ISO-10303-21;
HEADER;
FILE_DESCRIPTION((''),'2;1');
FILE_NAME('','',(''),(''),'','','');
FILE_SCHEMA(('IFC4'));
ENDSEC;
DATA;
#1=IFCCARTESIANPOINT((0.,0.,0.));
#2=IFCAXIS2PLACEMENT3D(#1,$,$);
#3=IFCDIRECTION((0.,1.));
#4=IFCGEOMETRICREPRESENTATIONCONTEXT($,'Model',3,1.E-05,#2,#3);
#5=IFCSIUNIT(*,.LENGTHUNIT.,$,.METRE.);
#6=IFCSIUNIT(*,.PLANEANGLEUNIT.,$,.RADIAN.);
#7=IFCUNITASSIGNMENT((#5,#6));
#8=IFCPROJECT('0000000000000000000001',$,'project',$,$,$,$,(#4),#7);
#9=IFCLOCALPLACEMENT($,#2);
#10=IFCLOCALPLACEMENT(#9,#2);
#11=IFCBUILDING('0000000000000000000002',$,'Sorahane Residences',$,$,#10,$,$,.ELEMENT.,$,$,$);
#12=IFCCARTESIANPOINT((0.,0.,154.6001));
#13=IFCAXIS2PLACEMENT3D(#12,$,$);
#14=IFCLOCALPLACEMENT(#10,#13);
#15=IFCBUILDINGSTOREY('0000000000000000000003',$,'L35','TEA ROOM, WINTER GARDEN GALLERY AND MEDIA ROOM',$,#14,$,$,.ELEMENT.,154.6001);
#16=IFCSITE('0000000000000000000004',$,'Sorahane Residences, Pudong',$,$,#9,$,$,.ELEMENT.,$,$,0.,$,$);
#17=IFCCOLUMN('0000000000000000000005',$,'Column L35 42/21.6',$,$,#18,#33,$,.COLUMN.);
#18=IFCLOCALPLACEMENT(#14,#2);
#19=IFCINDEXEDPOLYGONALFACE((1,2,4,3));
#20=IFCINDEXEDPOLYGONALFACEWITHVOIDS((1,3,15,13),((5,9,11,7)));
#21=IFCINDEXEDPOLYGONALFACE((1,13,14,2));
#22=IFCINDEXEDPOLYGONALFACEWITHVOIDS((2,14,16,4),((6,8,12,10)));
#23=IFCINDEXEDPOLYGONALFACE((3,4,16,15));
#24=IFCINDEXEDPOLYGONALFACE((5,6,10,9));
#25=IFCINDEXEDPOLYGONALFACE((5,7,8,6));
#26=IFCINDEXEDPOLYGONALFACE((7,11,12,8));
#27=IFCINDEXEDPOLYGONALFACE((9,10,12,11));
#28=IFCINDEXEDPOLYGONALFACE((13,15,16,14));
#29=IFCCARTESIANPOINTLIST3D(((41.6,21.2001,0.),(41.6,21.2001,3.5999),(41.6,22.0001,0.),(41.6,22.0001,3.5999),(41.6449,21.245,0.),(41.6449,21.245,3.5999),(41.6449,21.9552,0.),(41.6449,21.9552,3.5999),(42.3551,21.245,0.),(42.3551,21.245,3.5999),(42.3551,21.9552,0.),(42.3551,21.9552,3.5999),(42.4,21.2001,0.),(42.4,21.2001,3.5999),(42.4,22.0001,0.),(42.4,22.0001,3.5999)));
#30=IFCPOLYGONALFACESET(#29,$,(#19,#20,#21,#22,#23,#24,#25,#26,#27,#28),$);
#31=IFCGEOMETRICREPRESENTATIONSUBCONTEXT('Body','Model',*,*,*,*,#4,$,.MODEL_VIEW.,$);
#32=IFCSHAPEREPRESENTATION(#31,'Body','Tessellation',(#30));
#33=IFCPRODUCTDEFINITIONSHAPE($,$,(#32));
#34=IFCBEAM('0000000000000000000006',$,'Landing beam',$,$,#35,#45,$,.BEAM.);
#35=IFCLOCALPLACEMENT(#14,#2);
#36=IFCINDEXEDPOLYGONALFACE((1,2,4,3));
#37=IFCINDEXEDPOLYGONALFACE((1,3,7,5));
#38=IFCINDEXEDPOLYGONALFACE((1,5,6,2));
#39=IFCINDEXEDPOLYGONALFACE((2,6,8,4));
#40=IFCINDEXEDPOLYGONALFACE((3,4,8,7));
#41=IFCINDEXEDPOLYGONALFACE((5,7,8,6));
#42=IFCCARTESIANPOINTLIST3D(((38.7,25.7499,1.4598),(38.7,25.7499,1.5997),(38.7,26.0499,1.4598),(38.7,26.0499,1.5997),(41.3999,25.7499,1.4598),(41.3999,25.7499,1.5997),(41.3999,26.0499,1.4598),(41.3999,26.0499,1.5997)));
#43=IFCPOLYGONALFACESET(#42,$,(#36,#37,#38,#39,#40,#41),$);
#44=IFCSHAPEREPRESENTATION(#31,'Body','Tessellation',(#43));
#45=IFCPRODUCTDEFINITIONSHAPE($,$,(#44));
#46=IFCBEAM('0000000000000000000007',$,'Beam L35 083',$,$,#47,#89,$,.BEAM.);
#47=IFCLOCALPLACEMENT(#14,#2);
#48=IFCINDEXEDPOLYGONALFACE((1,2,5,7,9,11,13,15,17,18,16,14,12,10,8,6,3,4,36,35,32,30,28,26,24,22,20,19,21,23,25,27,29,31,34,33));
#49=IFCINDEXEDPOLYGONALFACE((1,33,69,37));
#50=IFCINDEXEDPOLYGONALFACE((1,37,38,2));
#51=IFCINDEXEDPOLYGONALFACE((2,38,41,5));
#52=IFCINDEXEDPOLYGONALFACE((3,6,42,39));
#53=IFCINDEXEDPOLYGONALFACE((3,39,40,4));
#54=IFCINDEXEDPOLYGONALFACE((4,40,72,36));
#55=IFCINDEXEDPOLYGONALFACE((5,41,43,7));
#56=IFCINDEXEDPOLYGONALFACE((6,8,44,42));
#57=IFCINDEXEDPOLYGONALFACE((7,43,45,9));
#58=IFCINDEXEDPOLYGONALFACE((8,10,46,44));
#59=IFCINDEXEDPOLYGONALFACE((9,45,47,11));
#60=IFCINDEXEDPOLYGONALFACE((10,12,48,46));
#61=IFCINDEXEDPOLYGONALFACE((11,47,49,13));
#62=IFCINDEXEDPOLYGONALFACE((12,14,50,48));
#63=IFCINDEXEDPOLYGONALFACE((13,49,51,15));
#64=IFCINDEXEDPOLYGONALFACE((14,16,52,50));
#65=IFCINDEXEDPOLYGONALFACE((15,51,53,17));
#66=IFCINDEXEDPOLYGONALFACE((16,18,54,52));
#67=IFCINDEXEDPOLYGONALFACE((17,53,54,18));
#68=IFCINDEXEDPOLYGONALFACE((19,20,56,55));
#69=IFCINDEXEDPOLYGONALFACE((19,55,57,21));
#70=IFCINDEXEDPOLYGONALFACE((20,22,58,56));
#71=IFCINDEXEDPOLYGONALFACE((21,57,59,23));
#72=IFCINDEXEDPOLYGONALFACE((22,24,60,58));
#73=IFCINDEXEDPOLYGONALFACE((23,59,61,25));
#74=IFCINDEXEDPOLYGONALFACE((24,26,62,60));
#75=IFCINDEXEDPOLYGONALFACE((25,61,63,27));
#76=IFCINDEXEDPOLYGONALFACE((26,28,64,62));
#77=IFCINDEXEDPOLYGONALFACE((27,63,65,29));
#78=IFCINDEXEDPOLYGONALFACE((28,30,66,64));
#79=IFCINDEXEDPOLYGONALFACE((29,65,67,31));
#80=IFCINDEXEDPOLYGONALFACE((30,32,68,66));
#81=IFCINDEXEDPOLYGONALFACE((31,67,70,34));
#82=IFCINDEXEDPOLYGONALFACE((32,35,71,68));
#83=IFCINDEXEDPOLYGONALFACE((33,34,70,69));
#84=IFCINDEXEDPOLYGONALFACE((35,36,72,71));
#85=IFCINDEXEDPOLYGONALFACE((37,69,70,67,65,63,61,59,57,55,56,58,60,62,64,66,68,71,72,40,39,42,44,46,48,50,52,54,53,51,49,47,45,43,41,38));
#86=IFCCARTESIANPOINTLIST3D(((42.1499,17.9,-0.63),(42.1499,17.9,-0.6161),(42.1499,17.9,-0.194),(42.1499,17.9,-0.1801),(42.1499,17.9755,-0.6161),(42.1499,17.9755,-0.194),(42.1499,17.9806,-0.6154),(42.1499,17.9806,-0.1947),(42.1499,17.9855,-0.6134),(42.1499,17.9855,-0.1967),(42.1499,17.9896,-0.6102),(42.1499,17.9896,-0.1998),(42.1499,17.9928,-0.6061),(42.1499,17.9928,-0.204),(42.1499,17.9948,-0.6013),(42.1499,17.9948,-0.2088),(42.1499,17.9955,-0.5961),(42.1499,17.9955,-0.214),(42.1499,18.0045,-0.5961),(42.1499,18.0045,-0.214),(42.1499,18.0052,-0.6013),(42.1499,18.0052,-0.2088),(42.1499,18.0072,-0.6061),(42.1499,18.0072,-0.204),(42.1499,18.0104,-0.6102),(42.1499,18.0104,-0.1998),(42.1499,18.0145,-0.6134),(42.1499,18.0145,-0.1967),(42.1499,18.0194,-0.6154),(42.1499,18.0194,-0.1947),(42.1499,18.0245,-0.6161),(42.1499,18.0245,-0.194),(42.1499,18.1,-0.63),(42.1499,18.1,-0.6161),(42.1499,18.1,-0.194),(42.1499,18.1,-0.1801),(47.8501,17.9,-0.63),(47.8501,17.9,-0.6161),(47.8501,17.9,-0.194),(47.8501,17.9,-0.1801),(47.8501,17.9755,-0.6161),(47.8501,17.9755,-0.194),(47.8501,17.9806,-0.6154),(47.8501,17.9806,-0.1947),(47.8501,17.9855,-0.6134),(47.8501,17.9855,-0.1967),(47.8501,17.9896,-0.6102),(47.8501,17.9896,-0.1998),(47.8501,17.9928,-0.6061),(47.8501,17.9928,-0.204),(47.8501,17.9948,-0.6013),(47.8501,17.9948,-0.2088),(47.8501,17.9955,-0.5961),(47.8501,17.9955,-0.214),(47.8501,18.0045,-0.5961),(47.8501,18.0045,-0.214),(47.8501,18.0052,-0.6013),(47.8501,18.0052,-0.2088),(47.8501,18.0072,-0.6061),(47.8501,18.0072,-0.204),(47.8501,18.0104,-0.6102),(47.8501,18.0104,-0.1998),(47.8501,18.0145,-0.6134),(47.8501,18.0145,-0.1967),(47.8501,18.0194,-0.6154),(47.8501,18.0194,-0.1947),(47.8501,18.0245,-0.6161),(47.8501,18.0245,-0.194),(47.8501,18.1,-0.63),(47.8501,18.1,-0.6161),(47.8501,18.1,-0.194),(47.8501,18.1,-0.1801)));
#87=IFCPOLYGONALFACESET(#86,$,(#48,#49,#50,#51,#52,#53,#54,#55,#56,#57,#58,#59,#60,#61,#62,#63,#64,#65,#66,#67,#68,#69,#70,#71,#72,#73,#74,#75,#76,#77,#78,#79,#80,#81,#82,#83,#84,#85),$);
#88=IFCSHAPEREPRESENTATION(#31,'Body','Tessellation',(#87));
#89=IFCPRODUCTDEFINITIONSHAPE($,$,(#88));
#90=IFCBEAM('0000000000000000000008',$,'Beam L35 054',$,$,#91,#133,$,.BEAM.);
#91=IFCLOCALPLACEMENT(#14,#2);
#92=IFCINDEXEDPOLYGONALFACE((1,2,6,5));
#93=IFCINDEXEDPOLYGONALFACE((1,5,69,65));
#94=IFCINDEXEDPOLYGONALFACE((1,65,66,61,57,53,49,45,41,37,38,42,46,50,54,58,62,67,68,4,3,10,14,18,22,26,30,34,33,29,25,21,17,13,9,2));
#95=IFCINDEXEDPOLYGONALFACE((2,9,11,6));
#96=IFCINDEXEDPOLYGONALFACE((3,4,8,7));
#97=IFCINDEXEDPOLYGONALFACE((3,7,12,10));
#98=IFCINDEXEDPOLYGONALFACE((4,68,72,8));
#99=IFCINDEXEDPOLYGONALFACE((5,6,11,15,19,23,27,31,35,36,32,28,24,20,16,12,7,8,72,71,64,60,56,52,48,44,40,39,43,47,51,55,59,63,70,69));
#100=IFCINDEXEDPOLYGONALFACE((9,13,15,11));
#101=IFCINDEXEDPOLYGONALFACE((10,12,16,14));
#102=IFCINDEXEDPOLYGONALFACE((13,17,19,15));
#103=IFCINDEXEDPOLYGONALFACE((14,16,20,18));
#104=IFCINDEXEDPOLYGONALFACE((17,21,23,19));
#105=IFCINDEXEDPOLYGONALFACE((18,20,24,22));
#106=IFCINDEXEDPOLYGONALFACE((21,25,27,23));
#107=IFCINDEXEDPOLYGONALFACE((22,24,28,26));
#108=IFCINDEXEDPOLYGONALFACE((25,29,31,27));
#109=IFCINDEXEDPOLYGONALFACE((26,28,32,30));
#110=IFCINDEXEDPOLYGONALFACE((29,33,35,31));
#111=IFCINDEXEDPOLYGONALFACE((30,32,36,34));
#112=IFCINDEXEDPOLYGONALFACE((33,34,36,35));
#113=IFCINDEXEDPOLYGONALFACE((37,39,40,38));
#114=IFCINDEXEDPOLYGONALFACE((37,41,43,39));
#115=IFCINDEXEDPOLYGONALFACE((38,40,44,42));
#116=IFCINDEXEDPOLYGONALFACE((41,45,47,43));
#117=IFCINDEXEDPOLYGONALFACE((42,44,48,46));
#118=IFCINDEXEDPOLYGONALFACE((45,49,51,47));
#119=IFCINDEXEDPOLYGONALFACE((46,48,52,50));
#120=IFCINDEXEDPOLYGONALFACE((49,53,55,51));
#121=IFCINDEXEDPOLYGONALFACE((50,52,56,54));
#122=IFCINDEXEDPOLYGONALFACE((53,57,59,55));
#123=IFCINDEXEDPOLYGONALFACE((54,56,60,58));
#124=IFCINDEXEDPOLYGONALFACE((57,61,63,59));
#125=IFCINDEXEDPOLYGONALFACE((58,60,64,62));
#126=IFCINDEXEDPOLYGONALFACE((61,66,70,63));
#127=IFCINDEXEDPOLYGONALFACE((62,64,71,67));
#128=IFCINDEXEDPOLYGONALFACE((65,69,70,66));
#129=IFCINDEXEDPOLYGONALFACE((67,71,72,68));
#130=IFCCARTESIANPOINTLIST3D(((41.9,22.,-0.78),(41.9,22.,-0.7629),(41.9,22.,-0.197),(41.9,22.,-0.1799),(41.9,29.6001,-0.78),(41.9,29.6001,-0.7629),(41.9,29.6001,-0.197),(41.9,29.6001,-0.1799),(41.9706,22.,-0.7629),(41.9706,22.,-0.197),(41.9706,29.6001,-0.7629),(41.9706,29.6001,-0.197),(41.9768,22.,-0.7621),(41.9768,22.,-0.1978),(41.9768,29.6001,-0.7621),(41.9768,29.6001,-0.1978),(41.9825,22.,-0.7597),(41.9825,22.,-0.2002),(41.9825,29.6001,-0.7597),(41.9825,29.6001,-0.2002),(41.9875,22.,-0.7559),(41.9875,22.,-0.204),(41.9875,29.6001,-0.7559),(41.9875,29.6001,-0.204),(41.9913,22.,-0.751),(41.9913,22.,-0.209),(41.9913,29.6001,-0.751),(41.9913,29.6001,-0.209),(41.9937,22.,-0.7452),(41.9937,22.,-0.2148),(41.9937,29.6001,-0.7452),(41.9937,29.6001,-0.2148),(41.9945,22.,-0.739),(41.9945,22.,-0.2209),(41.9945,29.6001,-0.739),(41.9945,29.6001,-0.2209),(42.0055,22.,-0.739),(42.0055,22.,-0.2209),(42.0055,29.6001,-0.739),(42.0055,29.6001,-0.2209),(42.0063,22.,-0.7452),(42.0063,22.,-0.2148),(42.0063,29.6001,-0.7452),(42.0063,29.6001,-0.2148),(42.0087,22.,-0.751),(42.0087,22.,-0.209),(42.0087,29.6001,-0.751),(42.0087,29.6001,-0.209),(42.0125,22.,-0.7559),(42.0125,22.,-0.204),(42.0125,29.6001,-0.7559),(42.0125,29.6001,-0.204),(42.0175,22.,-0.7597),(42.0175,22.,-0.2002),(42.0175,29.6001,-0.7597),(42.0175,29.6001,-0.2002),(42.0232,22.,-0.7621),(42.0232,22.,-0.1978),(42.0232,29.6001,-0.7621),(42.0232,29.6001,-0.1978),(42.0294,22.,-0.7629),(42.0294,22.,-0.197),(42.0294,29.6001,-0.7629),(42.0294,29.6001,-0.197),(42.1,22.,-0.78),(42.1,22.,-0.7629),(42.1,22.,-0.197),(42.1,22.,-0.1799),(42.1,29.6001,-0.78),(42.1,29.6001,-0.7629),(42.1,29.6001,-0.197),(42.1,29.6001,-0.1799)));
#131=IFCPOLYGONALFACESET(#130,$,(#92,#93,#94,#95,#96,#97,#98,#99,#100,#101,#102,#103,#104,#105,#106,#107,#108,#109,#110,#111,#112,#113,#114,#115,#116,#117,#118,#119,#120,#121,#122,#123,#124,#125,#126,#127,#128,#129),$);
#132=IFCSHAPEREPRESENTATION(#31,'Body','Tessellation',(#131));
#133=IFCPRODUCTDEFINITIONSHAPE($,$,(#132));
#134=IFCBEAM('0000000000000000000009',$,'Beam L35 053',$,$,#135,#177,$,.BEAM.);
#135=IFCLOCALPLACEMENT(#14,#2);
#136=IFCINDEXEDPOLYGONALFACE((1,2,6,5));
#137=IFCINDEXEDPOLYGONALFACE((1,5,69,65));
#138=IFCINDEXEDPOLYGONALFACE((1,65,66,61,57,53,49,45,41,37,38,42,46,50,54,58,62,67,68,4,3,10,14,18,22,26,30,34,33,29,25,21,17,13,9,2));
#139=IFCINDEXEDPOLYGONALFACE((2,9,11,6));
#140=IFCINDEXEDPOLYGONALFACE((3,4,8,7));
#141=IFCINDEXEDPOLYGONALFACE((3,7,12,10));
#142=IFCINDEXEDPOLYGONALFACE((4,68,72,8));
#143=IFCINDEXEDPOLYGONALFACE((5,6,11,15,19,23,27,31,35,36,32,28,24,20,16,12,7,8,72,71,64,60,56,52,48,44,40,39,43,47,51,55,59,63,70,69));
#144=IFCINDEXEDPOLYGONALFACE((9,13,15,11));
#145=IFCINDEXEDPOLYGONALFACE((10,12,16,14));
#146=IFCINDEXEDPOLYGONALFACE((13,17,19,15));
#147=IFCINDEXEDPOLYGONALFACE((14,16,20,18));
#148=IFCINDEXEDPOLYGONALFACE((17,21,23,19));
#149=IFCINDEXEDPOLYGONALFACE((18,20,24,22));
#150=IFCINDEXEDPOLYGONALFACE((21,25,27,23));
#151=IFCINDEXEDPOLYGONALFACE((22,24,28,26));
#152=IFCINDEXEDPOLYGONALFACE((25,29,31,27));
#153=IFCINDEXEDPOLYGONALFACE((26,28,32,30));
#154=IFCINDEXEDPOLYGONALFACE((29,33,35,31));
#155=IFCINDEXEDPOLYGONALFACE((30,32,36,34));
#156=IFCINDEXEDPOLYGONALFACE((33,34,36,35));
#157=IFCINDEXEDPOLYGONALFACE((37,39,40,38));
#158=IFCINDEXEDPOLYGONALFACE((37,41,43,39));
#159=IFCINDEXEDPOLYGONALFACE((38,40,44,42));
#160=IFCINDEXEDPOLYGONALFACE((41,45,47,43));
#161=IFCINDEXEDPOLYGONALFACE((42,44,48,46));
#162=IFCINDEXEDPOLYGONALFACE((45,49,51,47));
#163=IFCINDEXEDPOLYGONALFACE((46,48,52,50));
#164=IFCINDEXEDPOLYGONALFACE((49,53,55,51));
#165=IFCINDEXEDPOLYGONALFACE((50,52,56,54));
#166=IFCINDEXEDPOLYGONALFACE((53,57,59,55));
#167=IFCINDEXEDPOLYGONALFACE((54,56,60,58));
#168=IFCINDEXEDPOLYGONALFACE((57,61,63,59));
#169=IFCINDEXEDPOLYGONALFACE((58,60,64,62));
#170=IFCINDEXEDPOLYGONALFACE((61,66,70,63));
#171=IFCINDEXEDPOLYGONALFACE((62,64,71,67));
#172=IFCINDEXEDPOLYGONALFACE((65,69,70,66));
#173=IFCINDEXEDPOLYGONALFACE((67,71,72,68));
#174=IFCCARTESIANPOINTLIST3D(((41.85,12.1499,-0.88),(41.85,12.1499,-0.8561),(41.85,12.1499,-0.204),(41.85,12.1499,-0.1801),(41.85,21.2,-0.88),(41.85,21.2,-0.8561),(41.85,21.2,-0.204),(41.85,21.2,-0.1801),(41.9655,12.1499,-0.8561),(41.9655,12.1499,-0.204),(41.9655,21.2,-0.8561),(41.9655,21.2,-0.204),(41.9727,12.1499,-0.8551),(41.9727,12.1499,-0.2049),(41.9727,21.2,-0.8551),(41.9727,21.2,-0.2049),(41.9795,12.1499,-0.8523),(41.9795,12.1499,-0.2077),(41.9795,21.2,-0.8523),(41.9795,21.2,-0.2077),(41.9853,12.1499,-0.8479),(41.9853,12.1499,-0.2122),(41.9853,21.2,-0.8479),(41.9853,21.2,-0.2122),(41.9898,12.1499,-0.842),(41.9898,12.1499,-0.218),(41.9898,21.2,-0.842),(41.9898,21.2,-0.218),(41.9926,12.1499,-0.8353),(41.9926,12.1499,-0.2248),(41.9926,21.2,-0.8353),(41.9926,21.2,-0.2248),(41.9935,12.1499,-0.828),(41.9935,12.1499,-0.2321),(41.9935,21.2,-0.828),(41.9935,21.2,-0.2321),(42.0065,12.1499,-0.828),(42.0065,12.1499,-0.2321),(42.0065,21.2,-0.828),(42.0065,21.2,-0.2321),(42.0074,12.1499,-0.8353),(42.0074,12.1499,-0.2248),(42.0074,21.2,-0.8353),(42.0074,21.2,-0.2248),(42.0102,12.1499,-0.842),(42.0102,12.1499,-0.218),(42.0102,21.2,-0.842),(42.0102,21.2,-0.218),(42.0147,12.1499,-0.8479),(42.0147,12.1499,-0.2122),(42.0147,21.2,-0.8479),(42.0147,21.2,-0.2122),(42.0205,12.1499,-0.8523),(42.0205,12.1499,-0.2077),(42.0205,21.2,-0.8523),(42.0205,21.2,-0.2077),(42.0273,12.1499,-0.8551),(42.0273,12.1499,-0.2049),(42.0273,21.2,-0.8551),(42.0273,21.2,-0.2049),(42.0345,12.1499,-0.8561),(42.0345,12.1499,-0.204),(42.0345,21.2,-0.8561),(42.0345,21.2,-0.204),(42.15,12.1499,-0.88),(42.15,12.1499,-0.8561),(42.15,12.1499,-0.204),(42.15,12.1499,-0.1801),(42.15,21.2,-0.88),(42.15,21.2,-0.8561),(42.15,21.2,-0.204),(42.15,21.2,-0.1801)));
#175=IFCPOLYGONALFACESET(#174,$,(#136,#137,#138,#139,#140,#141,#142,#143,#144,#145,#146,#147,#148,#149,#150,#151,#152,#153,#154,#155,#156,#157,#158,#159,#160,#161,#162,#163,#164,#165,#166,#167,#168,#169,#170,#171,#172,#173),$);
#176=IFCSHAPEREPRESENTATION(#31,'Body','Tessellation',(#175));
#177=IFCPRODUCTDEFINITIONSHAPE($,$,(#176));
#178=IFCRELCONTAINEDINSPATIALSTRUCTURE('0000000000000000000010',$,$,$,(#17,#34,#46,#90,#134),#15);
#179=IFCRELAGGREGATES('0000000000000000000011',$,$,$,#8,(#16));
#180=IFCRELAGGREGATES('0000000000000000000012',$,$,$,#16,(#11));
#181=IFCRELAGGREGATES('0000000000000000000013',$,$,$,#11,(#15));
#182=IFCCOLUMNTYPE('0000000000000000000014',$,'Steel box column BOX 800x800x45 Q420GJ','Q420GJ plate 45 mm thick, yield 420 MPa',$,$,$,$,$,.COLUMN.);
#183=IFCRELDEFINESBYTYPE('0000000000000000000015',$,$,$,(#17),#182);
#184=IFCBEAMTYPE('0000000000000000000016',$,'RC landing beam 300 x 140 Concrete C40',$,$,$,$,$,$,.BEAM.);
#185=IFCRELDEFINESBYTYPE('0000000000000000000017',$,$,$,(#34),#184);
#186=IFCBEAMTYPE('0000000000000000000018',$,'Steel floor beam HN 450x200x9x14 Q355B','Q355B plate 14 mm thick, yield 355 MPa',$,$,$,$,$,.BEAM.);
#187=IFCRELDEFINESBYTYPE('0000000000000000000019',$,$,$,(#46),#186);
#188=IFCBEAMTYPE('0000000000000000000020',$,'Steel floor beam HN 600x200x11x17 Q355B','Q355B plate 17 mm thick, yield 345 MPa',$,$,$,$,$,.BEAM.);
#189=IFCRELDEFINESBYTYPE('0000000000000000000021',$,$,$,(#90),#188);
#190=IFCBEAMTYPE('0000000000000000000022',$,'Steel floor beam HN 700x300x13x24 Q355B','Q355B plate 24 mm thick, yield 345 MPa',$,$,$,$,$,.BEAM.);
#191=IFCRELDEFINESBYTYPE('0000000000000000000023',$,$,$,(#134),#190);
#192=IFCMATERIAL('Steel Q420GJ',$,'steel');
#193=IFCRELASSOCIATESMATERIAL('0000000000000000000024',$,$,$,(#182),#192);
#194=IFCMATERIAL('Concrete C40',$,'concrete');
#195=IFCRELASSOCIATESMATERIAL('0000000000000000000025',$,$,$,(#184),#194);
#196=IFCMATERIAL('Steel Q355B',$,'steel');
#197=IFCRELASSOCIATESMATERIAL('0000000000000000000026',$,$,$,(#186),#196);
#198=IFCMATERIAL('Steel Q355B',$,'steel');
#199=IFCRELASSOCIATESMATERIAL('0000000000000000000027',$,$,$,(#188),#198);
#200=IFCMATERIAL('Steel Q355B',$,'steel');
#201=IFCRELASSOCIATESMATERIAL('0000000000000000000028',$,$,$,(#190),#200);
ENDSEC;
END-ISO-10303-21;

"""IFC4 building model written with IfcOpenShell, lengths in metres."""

from ifc_helpers import new_model, si_unit, direction, frame, origin, origin_2d, place, context, subcontext, project, spatial, rectangle, hollow_rectangle, i_section, extrude, material, material_profile, profile_set, type_object, element, save


model = new_model("IFC4")

# Units and contexts
model_context = context("Model", 3, precision=1e-05, world=origin(), true_north=direction((0.0, 1.0)))
body_context = subcontext(model_context, "Body", "Model", "MODEL_VIEW")
ifc_project = project(units=[si_unit("LENGTHUNIT", "METRE"), si_unit("PLANEANGLEUNIT", "RADIAN")], contexts=[model_context])

# Site, building, storey
site_placement = place(None, origin())
site = spatial("IfcSite", under=ifc_project, at=site_placement, Name="Sorahane Residences, Pudong", CompositionType="ELEMENT", RefElevation=0.0)
building_placement = place(site_placement, origin())
building = spatial("IfcBuilding", under=site, at=building_placement, Name="Sorahane Residences", CompositionType="ELEMENT")
storey_placement = place(building_placement, frame((0.0, 0.0, 154.6001)))
storey = spatial("IfcBuildingStorey", under=building, at=storey_placement, Name="L35", Description="TEA ROOM, WINTER GARDEN GALLERY AND MEDIA ROOM", CompositionType="ELEMENT", Elevation=154.6001)

# Column
ifc_material_1 = material(Name="Steel Q420GJ", Category="steel")
ifc_material_profile_1 = material_profile(ifc_material_1, hollow_rectangle(XDim=0.8, YDim=0.8, WallThickness=0.0449, at=origin_2d()), Name="BOX 800x800x45")
ifc_profile_set_1 = profile_set([ifc_material_profile_1], Name="Steel Q420GJ")
column_type = type_object("IfcColumnType", Name="Steel box column BOX 800x800x45 Q420GJ", Description="Q420GJ plate 45 mm thick, yield 420 MPa", PredefinedType="COLUMN", material=ifc_profile_set_1)
column_placement = place(storey_placement, frame((42.0, 21.6001, 0.0), z_axis=(0.0, 0.0, 1.0), x_axis=(1.0, 0.0, 0.0)))
element("IfcColumn", 1, at=column_placement, inside=storey, type_object=column_type, Name="Column L35 42/21.6", PredefinedType="COLUMN", context=body_context, shape_type="SweptSolid", body=[
    extrude(hollow_rectangle(XDim=0.8, YDim=0.8, WallThickness=0.0449, at=origin_2d()), origin(), (0.0, 0.0, 1.0), 3.5999),
])

# Beams
ifc_material_2 = material(Name="Concrete C40", Category="concrete")
ifc_material_profile_2 = material_profile(ifc_material_2, rectangle(XDim=0.3, YDim=0.1399, at=origin_2d()), Name="300x140")
ifc_profile_set_2 = profile_set([ifc_material_profile_2], Name="Concrete C40")
beam_type_1 = type_object("IfcBeamType", Name="RC landing beam 300 x 140 Concrete C40", PredefinedType="BEAM", material=ifc_profile_set_2)
beam_1_placement = place(storey_placement, frame((38.7, 25.8999, 1.5298), z_axis=(1.0, 0.0, 0.0), x_axis=(0.0, 1.0, 0.0)))
element("IfcBeam", 2, at=beam_1_placement, inside=storey, type_object=beam_type_1, Name="Landing beam", PredefinedType="BEAM", context=body_context, shape_type="SweptSolid", body=[
    extrude(rectangle(XDim=0.3, YDim=0.1399, at=origin_2d()), origin(), (0.0, 0.0, 1.0), 2.7),
])
ifc_material_3 = material(Name="Steel Q355B", Category="steel")
ifc_material_profile_3 = material_profile(ifc_material_3, i_section(OverallWidth=0.2, OverallDepth=0.45, WebThickness=0.009, FlangeThickness=0.0139, FilletRadius=0.02, at=origin_2d()), Name="HN 450x200x9x14")
ifc_profile_set_3 = profile_set([ifc_material_profile_3], Name="Steel Q355B")
beam_type_2 = type_object("IfcBeamType", Name="Steel floor beam HN 450x200x9x14 Q355B", Description="Q355B plate 14 mm thick, yield 355 MPa", PredefinedType="BEAM", material=ifc_profile_set_3)
beam_2_placement = place(storey_placement, frame((42.1499, 18.0, -0.405), z_axis=(1.0, 0.0, 0.0), x_axis=(0.0, 1.0, 0.0)))
element("IfcBeam", 3, at=beam_2_placement, inside=storey, type_object=beam_type_2, Name="Beam L35 083", PredefinedType="BEAM", context=body_context, shape_type="SweptSolid", body=[
    extrude(i_section(OverallWidth=0.2, OverallDepth=0.45, WebThickness=0.009, FlangeThickness=0.0139, FilletRadius=0.02, at=origin_2d()), origin(), (0.0, 0.0, 1.0), 5.7002),
])
ifc_material_4 = material(Name="Steel Q355B", Category="steel")
ifc_material_profile_4 = material_profile(ifc_material_4, i_section(OverallWidth=0.2, OverallDepth=0.6001, WebThickness=0.011, FlangeThickness=0.0171, FilletRadius=0.0239, at=origin_2d()), Name="HN 600x200x11x17")
ifc_profile_set_4 = profile_set([ifc_material_profile_4], Name="Steel Q355B")
beam_type_3 = type_object("IfcBeamType", Name="Steel floor beam HN 600x200x11x17 Q355B", Description="Q355B plate 17 mm thick, yield 345 MPa", PredefinedType="BEAM", material=ifc_profile_set_4)
beam_3_placement = place(storey_placement, frame((42.0, 22.0, -0.48), z_axis=(0.0, 1.0, 0.0), x_axis=(-1.0, 0.0, 0.0)))
element("IfcBeam", 4, at=beam_3_placement, inside=storey, type_object=beam_type_3, Name="Beam L35 054", PredefinedType="BEAM", context=body_context, shape_type="SweptSolid", body=[
    extrude(i_section(OverallWidth=0.2, OverallDepth=0.6001, WebThickness=0.011, FlangeThickness=0.0171, FilletRadius=0.0239, at=origin_2d()), origin(), (0.0, 0.0, 1.0), 7.6001),
])
ifc_material_5 = material(Name="Steel Q355B", Category="steel")
ifc_material_profile_5 = material_profile(ifc_material_5, i_section(OverallWidth=0.3, OverallDepth=0.7, WebThickness=0.0129, FlangeThickness=0.0239, FilletRadius=0.0281, at=origin_2d()), Name="HN 700x300x13x24")
ifc_profile_set_5 = profile_set([ifc_material_profile_5], Name="Steel Q355B")
beam_type_4 = type_object("IfcBeamType", Name="Steel floor beam HN 700x300x13x24 Q355B", Description="Q355B plate 24 mm thick, yield 345 MPa", PredefinedType="BEAM", material=ifc_profile_set_5)
beam_4_placement = place(storey_placement, frame((42.0, 12.1499, -0.53), z_axis=(0.0, 1.0, 0.0), x_axis=(-1.0, 0.0, 0.0)))
element("IfcBeam", 5, at=beam_4_placement, inside=storey, type_object=beam_type_4, Name="Beam L35 053", PredefinedType="BEAM", context=body_context, shape_type="SweptSolid", body=[
    extrude(i_section(OverallWidth=0.3, OverallDepth=0.7, WebThickness=0.0129, FlangeThickness=0.0239, FilletRadius=0.0281, at=origin_2d()), origin(), (0.0, 0.0, 1.0), 9.05),
])

save(model, "model.ifc")
